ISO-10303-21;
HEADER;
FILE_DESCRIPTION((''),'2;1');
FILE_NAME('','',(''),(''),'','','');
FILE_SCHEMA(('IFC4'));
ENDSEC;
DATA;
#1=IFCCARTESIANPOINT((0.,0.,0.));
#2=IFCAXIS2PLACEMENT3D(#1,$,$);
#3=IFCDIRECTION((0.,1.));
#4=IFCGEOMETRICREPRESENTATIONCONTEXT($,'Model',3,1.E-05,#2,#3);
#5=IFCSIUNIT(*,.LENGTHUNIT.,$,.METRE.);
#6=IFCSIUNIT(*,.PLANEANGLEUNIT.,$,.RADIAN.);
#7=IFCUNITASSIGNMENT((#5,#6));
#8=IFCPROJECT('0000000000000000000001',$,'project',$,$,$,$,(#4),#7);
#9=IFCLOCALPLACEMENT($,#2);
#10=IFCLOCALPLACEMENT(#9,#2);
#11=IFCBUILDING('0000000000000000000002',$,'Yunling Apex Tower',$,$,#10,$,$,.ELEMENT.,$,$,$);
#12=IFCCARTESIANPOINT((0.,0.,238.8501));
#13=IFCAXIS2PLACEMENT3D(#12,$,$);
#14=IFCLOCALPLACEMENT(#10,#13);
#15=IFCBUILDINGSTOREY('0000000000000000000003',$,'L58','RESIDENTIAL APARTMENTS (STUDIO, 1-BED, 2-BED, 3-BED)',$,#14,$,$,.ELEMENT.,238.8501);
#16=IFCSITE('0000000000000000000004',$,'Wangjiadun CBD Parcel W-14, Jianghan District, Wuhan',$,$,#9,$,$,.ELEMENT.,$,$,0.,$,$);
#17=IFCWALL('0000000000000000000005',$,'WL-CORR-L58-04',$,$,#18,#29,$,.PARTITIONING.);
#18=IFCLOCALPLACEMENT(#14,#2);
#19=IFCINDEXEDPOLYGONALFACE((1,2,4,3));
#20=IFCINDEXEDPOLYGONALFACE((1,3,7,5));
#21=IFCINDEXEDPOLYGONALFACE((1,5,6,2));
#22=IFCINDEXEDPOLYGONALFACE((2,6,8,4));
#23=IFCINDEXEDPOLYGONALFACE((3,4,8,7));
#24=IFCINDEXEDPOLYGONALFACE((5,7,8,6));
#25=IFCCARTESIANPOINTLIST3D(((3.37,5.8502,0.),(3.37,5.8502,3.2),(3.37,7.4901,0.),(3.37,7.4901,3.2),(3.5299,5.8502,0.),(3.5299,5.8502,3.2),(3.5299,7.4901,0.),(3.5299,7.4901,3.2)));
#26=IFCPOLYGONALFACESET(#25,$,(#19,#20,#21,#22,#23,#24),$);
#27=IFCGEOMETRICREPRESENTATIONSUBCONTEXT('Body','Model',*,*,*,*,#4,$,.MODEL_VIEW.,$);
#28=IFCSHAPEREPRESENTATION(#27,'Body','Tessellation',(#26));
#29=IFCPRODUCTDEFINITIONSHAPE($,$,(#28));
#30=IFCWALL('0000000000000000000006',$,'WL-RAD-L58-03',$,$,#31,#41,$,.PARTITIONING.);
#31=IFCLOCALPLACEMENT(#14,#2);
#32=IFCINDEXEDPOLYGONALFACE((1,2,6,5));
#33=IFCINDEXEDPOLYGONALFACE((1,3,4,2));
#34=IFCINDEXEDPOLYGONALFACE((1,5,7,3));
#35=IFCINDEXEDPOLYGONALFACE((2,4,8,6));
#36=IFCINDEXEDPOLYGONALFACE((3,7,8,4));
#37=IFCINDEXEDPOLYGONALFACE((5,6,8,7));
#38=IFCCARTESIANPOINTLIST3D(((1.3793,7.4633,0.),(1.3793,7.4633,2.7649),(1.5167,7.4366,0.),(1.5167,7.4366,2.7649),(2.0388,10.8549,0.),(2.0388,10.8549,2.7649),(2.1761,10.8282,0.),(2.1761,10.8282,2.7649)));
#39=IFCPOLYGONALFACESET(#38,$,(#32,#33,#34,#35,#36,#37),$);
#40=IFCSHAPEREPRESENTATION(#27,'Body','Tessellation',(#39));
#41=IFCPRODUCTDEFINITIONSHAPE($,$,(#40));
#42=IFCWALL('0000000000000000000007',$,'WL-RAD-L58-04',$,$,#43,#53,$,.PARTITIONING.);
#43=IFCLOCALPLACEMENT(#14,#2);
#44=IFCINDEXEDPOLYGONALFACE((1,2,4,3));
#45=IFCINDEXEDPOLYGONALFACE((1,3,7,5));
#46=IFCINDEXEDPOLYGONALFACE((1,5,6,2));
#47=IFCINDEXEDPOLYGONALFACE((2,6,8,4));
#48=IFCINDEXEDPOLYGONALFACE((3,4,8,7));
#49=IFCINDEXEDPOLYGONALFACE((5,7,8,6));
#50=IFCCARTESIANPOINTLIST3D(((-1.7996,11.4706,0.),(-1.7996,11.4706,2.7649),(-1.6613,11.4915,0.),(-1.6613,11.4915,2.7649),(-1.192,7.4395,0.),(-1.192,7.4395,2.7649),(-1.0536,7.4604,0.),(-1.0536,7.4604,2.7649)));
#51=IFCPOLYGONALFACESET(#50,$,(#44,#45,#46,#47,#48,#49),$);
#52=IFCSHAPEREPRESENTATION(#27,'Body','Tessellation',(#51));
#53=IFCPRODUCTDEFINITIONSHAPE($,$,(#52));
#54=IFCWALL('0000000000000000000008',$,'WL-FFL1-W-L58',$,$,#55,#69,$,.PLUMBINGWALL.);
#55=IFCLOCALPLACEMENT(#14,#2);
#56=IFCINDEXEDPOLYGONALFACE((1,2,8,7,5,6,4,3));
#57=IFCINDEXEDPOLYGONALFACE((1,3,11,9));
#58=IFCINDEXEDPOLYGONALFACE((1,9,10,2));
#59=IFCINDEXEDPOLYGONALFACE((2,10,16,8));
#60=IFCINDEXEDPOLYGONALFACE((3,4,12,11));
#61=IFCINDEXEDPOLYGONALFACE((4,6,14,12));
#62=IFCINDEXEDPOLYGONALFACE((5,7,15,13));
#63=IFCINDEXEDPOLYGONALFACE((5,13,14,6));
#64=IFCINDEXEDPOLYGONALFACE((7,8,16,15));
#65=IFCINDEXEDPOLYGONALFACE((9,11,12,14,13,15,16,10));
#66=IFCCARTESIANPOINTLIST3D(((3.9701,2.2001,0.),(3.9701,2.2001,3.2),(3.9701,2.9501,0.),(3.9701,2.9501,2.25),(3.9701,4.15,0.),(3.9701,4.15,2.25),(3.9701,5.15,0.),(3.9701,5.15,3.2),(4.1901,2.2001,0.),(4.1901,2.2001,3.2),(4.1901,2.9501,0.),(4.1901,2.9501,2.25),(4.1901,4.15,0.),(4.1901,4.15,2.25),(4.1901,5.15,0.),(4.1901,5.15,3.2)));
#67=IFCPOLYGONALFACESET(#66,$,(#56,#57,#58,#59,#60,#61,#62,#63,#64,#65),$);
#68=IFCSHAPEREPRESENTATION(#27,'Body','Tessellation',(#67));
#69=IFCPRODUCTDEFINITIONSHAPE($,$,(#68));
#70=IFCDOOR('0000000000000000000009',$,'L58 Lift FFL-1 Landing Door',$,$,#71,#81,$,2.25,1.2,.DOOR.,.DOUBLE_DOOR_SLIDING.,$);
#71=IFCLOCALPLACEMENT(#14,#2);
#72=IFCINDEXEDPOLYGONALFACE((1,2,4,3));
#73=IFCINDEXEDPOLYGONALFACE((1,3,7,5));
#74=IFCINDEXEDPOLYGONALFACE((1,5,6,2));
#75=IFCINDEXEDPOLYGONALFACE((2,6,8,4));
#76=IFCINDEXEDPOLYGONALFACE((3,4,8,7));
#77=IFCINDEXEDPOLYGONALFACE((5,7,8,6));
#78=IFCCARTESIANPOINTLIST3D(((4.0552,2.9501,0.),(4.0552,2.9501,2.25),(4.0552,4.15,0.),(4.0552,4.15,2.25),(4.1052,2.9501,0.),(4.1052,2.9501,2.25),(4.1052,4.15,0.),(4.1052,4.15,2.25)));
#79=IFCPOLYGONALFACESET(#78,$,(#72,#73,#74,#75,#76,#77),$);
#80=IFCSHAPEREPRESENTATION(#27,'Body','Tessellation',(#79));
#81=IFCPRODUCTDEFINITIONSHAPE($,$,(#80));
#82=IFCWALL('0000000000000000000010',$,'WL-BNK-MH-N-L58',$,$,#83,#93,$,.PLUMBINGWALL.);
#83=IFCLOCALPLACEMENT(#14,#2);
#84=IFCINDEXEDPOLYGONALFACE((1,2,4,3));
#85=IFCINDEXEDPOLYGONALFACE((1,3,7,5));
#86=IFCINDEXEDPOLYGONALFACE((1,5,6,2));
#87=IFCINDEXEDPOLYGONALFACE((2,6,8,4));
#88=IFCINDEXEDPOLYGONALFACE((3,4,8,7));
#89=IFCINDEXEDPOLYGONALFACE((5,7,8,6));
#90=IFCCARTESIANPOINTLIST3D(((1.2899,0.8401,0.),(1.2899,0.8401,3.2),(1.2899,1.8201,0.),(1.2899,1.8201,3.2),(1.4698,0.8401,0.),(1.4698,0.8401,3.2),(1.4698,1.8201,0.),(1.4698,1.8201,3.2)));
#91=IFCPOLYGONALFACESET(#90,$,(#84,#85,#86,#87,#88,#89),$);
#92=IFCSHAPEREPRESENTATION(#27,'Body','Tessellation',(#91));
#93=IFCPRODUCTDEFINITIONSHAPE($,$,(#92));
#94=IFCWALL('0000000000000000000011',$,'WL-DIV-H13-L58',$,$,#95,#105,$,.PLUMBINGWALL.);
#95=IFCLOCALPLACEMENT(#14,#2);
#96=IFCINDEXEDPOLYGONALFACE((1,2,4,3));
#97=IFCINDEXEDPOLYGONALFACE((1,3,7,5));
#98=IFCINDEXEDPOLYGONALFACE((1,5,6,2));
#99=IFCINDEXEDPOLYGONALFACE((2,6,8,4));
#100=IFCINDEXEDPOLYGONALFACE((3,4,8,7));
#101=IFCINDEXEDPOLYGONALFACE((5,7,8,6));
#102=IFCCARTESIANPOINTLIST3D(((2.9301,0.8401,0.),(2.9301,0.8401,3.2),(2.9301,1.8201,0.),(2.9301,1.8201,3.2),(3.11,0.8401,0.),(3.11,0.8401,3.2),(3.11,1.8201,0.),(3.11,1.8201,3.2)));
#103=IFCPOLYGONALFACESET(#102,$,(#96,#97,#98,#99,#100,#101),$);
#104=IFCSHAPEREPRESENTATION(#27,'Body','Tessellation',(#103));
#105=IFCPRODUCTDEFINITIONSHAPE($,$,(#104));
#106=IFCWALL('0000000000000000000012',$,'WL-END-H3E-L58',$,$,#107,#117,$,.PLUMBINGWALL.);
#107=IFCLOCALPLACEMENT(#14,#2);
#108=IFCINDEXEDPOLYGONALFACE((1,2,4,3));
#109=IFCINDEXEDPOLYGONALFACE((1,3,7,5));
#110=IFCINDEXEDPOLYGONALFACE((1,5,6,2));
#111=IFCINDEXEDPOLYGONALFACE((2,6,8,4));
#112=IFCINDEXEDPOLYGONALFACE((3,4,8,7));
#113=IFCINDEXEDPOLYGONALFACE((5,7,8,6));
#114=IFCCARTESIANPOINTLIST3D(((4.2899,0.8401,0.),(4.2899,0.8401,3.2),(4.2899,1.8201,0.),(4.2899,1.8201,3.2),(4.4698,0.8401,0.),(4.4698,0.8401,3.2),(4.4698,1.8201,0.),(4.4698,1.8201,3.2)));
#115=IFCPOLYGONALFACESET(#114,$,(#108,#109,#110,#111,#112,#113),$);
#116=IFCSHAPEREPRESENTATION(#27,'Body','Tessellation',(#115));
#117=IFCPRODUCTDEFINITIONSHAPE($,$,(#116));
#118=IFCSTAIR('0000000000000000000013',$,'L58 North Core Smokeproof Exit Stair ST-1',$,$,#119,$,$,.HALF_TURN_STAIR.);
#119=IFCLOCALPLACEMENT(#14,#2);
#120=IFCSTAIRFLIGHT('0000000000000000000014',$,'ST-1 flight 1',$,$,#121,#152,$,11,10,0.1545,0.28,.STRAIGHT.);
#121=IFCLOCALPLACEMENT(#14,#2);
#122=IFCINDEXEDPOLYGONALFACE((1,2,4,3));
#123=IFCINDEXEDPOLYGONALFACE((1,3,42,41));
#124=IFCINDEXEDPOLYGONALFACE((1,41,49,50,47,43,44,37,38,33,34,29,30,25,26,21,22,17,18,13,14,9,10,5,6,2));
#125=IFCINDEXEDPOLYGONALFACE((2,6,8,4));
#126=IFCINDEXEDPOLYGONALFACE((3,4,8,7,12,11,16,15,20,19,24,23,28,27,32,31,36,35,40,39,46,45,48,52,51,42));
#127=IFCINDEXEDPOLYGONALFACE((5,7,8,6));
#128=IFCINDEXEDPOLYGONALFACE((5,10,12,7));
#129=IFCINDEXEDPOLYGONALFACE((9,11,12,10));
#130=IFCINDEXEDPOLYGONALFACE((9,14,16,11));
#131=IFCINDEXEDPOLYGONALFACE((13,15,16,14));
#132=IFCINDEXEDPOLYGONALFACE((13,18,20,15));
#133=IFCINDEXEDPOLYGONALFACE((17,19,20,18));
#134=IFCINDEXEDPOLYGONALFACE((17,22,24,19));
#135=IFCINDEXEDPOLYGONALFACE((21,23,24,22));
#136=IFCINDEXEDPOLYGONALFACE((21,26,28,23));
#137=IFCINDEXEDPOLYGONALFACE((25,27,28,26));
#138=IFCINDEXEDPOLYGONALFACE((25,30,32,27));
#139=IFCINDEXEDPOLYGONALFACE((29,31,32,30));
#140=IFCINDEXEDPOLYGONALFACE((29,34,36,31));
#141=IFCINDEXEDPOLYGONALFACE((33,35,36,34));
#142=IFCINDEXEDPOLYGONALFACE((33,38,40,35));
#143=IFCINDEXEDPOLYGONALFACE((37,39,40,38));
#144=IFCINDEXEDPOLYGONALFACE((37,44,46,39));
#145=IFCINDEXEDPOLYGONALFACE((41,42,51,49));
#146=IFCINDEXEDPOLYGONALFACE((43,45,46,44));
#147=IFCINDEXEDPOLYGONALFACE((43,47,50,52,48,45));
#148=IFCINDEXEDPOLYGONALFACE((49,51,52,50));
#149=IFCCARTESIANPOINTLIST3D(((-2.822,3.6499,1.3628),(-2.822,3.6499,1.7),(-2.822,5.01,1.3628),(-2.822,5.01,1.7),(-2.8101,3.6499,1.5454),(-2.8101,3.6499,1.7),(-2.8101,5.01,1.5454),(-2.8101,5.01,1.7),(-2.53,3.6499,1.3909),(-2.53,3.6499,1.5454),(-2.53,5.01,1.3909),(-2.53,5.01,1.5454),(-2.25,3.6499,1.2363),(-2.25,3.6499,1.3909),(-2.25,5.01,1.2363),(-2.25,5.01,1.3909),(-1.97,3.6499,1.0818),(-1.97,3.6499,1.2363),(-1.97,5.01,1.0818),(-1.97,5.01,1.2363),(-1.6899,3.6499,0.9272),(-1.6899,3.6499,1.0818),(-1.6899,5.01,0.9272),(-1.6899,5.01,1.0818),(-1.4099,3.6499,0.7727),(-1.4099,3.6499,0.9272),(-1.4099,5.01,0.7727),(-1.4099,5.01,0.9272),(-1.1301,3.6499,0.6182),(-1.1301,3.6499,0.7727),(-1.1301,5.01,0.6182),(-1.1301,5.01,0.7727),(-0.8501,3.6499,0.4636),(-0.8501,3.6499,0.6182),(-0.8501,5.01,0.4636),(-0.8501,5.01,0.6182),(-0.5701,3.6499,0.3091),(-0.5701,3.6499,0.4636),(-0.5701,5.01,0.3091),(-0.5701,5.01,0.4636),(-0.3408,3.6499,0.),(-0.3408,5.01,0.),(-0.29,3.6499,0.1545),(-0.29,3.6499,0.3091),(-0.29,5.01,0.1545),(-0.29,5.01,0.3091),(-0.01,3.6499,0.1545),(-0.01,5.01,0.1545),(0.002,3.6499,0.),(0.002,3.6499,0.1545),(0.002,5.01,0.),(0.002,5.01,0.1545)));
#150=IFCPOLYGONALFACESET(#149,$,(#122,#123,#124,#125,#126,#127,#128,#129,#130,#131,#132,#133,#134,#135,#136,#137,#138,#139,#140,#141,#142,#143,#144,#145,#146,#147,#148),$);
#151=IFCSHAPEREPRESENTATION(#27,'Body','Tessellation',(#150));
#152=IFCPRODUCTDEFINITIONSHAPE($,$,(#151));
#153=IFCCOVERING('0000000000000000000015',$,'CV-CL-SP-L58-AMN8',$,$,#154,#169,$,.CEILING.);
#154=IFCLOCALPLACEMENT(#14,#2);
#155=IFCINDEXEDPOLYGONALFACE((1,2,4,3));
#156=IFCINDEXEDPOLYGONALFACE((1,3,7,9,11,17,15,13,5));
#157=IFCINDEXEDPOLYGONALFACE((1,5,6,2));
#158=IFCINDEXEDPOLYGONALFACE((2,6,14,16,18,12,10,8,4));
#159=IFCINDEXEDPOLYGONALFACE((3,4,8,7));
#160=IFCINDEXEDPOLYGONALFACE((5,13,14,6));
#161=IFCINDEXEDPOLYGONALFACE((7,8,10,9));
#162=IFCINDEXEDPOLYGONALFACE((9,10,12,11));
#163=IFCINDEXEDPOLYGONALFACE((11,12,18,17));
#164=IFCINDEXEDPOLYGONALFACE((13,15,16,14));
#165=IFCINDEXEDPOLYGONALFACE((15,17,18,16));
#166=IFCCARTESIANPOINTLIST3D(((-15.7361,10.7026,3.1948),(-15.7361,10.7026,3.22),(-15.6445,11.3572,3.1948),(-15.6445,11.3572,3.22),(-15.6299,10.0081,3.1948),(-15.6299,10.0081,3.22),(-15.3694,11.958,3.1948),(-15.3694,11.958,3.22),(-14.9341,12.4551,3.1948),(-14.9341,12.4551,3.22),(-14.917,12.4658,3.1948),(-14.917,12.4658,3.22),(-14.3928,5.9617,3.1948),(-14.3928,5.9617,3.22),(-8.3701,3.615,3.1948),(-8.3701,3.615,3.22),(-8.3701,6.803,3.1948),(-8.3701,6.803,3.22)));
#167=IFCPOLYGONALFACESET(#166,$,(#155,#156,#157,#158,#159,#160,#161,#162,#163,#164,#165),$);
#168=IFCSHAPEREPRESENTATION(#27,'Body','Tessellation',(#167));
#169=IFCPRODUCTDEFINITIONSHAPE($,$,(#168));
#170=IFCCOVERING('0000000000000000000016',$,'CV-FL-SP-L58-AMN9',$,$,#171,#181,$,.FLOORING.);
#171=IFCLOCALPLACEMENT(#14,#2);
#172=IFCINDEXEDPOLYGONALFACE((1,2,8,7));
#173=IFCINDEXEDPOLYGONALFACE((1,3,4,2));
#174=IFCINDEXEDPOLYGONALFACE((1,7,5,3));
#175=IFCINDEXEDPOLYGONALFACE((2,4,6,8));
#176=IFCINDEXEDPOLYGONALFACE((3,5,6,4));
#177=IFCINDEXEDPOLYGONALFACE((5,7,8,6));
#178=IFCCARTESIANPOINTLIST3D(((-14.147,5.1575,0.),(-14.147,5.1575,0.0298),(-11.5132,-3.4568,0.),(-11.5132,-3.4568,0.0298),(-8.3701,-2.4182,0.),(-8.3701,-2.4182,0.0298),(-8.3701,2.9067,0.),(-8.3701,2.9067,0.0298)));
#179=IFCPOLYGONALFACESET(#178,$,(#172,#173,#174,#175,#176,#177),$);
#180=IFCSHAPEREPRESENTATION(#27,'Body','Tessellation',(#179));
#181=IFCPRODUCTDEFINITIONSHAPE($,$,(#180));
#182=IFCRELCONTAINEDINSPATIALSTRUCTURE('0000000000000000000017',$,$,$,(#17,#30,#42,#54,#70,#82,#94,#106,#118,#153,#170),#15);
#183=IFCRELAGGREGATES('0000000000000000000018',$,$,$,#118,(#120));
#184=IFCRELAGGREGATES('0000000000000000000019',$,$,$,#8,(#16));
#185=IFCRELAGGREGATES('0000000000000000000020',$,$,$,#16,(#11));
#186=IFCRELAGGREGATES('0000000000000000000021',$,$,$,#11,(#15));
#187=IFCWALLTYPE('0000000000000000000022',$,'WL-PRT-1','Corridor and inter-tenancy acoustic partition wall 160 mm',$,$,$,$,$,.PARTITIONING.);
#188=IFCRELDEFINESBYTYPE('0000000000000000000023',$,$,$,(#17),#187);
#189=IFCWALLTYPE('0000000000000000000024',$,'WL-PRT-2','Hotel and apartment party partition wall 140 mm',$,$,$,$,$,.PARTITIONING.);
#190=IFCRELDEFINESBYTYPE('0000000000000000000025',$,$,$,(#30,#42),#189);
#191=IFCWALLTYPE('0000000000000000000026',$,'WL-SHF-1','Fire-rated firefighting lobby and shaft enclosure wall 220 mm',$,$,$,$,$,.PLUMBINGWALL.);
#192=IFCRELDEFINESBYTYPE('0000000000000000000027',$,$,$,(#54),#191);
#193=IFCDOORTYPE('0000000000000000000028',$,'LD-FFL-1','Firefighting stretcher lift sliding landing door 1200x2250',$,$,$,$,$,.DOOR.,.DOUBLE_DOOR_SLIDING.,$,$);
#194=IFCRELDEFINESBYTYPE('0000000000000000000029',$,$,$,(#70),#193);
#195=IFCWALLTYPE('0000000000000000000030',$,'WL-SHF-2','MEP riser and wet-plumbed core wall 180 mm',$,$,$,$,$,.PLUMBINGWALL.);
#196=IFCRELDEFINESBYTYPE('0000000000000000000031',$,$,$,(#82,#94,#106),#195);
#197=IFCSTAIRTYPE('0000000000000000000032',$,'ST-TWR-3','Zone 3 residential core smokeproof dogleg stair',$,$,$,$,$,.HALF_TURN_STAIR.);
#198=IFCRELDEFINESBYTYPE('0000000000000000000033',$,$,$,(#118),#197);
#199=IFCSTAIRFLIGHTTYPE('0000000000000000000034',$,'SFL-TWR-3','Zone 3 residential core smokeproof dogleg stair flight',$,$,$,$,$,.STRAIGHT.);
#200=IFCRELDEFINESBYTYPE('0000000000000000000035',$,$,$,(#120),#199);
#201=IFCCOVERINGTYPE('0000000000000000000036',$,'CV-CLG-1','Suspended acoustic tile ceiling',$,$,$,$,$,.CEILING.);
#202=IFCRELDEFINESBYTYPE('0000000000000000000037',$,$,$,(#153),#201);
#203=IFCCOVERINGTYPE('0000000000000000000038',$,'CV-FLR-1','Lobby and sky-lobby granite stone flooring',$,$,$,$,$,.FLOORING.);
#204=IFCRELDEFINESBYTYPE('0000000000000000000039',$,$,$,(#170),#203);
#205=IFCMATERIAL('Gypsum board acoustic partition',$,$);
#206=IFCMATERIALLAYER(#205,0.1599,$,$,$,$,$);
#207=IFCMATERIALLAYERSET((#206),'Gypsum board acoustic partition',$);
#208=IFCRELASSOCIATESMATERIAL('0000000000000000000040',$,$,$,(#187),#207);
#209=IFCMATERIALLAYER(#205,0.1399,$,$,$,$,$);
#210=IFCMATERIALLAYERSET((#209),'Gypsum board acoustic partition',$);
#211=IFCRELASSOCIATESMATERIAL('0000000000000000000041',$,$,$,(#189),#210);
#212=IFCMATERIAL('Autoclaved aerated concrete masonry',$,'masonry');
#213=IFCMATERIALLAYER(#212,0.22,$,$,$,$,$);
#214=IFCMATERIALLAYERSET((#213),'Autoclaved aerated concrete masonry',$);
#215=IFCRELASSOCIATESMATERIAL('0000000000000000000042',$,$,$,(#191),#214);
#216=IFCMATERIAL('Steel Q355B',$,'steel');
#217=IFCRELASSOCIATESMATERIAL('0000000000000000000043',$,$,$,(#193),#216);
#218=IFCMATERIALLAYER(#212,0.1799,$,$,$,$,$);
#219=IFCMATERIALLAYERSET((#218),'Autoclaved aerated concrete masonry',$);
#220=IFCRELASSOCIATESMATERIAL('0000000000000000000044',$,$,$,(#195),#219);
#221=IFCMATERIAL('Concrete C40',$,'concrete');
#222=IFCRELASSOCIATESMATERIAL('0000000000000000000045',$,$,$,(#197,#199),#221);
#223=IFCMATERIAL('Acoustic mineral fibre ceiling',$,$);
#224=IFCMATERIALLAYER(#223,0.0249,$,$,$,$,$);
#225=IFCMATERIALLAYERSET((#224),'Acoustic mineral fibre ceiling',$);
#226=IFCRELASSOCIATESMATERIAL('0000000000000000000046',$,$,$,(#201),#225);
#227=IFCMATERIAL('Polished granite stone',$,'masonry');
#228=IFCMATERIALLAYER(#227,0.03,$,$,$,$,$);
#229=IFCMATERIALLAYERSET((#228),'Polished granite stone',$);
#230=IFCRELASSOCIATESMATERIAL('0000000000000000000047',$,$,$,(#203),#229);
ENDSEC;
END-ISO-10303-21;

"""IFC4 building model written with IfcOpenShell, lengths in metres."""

from ifc_helpers import new_model, si_unit, direction, frame, frame_2d, origin, place, context, subcontext, project, spatial, polyline, rectangle, outline, extrude, material, layer, layer_set, type_object, element, fill, aggregate, save


model = new_model("IFC4")

# Units and contexts
model_context = context("Model", 3, precision=1e-05, world=origin(), true_north=direction((0.0, 1.0)))
body_context = subcontext(model_context, "Body", "Model", "MODEL_VIEW")
ifc_project = project(units=[si_unit("LENGTHUNIT", "METRE"), si_unit("PLANEANGLEUNIT", "RADIAN")], contexts=[model_context])

# Site, building, storey
site_placement = place(None, origin())
site = spatial("IfcSite", under=ifc_project, at=site_placement, Name="Wangjiadun CBD Parcel W-14, Jianghan District, Wuhan", CompositionType="ELEMENT", RefElevation=0.0)
building_placement = place(site_placement, origin())
building = spatial("IfcBuilding", under=site, at=building_placement, Name="Yunling Apex Tower", CompositionType="ELEMENT")
storey_placement = place(building_placement, frame((0.0, 0.0, 238.8501)))
storey = spatial("IfcBuildingStorey", under=building, at=storey_placement, Name="L58", Description="RESIDENTIAL APARTMENTS (STUDIO, 1-BED, 2-BED, 3-BED)", CompositionType="ELEMENT", Elevation=238.8501)

# Shared definitions
ifc_material_1 = material(Name="Steel Q355B", Category="steel")

# Walls
ifc_material_2 = material(Name="Concrete C40", Category="concrete")
ifc_material_3 = material(Name="Gypsum board acoustic partition")
ifc_layer_1 = layer(ifc_material_3, 0.1599)
ifc_layer_set_1 = layer_set([ifc_layer_1], Name="Gypsum board acoustic partition")
wall_type_1 = type_object("IfcWallType", Name="WL-PRT-1", Description="Corridor and inter-tenancy acoustic partition wall 160 mm", PredefinedType="PARTITIONING", material=ifc_layer_set_1)
wall_1_placement = place(storey_placement, frame((3.45, 7.49, 0.0), z_axis=(0.0, 0.0, 1.0), x_axis=(0.0, -1.0, 0.0)))
element("IfcWall", 1, at=wall_1_placement, inside=storey, type_object=wall_type_1, Name="WL-CORR-L58-04", PredefinedType="PARTITIONING", context=body_context, shape_type="SweptSolid", body=[
    extrude(rectangle(XDim=1.6399, YDim=0.1599, at=frame_2d((0.8198, 0.0))), origin(), (0.0, 0.0, 1.0), 3.2),
])
ifc_layer_2 = layer(ifc_material_3, 0.1399)
ifc_layer_set_2 = layer_set([ifc_layer_2], Name="Gypsum board acoustic partition")
wall_type_2 = type_object("IfcWallType", Name="WL-PRT-2", Description="Hotel and apartment party partition wall 140 mm", PredefinedType="PARTITIONING", material=ifc_layer_set_2)
wall_2_placement = place(storey_placement, frame((1.448, 7.45, 0.0), z_axis=(0.0, 0.0, 1.0), x_axis=(0.190855, 0.981618, 0.0)))
element("IfcWall", 2, at=wall_2_placement, inside=storey, type_object=wall_type_2, Name="WL-RAD-L58-03", PredefinedType="PARTITIONING", context=body_context, shape_type="SweptSolid", body=[
    extrude(rectangle(XDim=3.4551, YDim=0.1399, at=frame_2d((1.7275, 0.0))), origin(), (0.0, 0.0, 1.0), 2.7649),
])
wall_3_placement = place(storey_placement, frame((-1.1228, 7.45, 0.0), z_axis=(0.0, 0.0, 1.0), x_axis=(-0.149064, 0.988828, 0.0)))
element("IfcWall", 3, at=wall_3_placement, inside=storey, type_object=wall_type_2, Name="WL-RAD-L58-04", PredefinedType="PARTITIONING", context=body_context, shape_type="SweptSolid", body=[
    extrude(rectangle(XDim=4.0767, YDim=0.1399, at=frame_2d((2.0383, 0.0))), origin(), (0.0, 0.0, 1.0), 2.7649),
])

# Wall, opening, door
ifc_material_4 = material(Name="Autoclaved aerated concrete masonry", Category="masonry")
ifc_layer_3 = layer(ifc_material_4, 0.22)
ifc_layer_set_3 = layer_set([ifc_layer_3], Name="Autoclaved aerated concrete masonry")
wall_type_3 = type_object("IfcWallType", Name="WL-SHF-1", Description="Fire-rated firefighting lobby and shaft enclosure wall 220 mm", PredefinedType="PLUMBINGWALL", material=ifc_layer_set_3)
wall_4_placement = place(storey_placement, frame((4.0801, 2.2, 0.0), z_axis=(0.0, 0.0, 1.0), x_axis=(0.0, 1.0, 0.0)))
wall_4 = element("IfcWall", 4, at=wall_4_placement, inside=storey, type_object=wall_type_3, Name="WL-FFL1-W-L58", PredefinedType="PLUMBINGWALL", context=body_context, shape_type="SweptSolid", body=[
    extrude(rectangle(XDim=2.95, YDim=0.22, at=frame_2d((1.4751, 0.0))), origin(), (0.0, 0.0, 1.0), 3.2),
])
opening_1_placement = place(wall_4_placement, frame((0.75, 0.0, 0.0)))
opening_1 = element("IfcOpeningElement", 5, at=opening_1_placement, cuts=wall_4, PredefinedType="OPENING", context=body_context, shape_type="SweptSolid", body=[
    extrude(rectangle(XDim=1.2, YDim=2.25, at=frame_2d((0.6001, 1.125))), frame((0.0, 0.1201, 0.0), z_axis=(0.0, -1.0, 0.0), x_axis=(1.0, 0.0, 0.0)), (0.0, 0.0, 1.0), 0.24),
])
door_type_1 = type_object("IfcDoorType", Name="LD-FFL-1", Description="Firefighting stretcher lift sliding landing door 1200x2250", OperationType="DOUBLE_DOOR_SLIDING", PredefinedType="DOOR", material=ifc_material_1)
door_1_placement = place(opening_1_placement, origin())
door_1 = element("IfcDoor", 6, at=door_1_placement, inside=storey, type_object=door_type_1, Name="L58 Lift FFL-1 Landing Door", OperationType="DOUBLE_DOOR_SLIDING", OverallHeight=2.25, OverallWidth=1.2, PredefinedType="DOOR", context=body_context, shape_type="SweptSolid", body=[
    extrude(rectangle(XDim=1.2, YDim=2.25, at=frame_2d((0.6001, 1.125))), frame((0.0, 0.0249, 0.0), z_axis=(0.0, -1.0, 0.0), x_axis=(1.0, 0.0, 0.0)), (0.0, 0.0, 1.0), 0.05),
])
fill(opening_1, door_1)

# Walls
ifc_layer_4 = layer(ifc_material_4, 0.1799)
ifc_layer_set_4 = layer_set([ifc_layer_4], Name="Autoclaved aerated concrete masonry")
wall_type_4 = type_object("IfcWallType", Name="WL-SHF-2", Description="MEP riser and wet-plumbed core wall 180 mm", PredefinedType="PLUMBINGWALL", material=ifc_layer_set_4)
for number, where, z_axis, x_axis, name in (
    (7, (1.3799, 0.8401, 0.0), (0.0, 0.0, 1.0), (0.0, 1.0, 0.0), "WL-BNK-MH-N-L58"),
    (8, (3.02, 0.8401, 0.0), (0.0, 0.0, 1.0), (0.0, 1.0, 0.0), "WL-DIV-H13-L58"),
    (9, (4.3799, 0.8401, 0.0), (0.0, 0.0, 1.0), (0.0, 1.0, 0.0), "WL-END-H3E-L58"),
):
    element("IfcWall", number, at=place(storey_placement, frame(where, z_axis=z_axis, x_axis=x_axis)), inside=storey, type_object=wall_type_4, Name=name, PredefinedType="PLUMBINGWALL", context=body_context, shape_type="SweptSolid", body=[
        extrude(rectangle(XDim=0.98, YDim=0.1799, at=frame_2d((0.49, 0.0))), origin(), (0.0, 0.0, 1.0), 3.2),
    ])

# Stair, stair flight
stair_type = type_object("IfcStairType", Name="ST-TWR-3", Description="Zone 3 residential core smokeproof dogleg stair", PredefinedType="HALF_TURN_STAIR", material=ifc_material_2)
stair_placement = place(storey_placement, origin())
stair = element("IfcStair", 10, at=stair_placement, inside=storey, type_object=stair_type, Name="L58 North Core Smokeproof Exit Stair ST-1", PredefinedType="HALF_TURN_STAIR")
stair_flight_type = type_object("IfcStairFlightType", Name="SFL-TWR-3", Description="Zone 3 residential core smokeproof dogleg stair flight", PredefinedType="STRAIGHT", material=ifc_material_2)
stair_flight_placement = place(storey_placement, frame((-0.01, 4.3301, 0.0), z_axis=(0.0, 0.0, 1.0), x_axis=(-1.0, 0.0, 0.0)))
stair_flight = element("IfcStairFlight", 11, at=stair_flight_placement, type_object=stair_flight_type, Name="ST-1 flight 1", NumberOfRisers=11, NumberOfTreads=10, PredefinedType="STRAIGHT", RiserHeight=0.1545, TreadLength=0.28, context=body_context, shape_type="SweptSolid", body=[
    extrude(outline(polyline([(-0.012, 0.0), (-0.012, 0.1545), (0.0, 0.1545), (0.28, 0.1545), (0.28, 0.3091), (0.5601, 0.3091), (0.5601, 0.4636), (0.8401, 0.4636), (0.8401, 0.6182), (1.1201, 0.6182), (1.1201, 0.7727), (1.3999, 0.7727), (1.3999, 0.9272), (1.6799, 0.9272), (1.6799, 1.0818), (1.96, 1.0818), (1.96, 1.2363), (2.24, 1.2363), (2.24, 1.3909), (2.52, 1.3909), (2.52, 1.5454), (2.8, 1.5454), (2.8, 1.7), (2.812, 1.7), (2.812, 1.3628), (0.3308, 0.0), (-0.012, 0.0)])), frame((0.0, 0.6802, 0.0), z_axis=(0.0, -1.0, 0.0), x_axis=(1.0, 0.0, 0.0)), (0.0, 0.0, 1.0), 1.3601),
])
aggregate(stair, [stair_flight])

# Coverings
ifc_material_5 = material(Name="Acoustic mineral fibre ceiling")
ifc_layer_5 = layer(ifc_material_5, 0.0249)
ifc_layer_set_5 = layer_set([ifc_layer_5], Name="Acoustic mineral fibre ceiling")
covering_type_1 = type_object("IfcCoveringType", Name="CV-CLG-1", Description="Suspended acoustic tile ceiling", PredefinedType="CEILING", material=ifc_layer_set_5)
covering_1_placement = place(storey_placement, frame((0.0, 0.0, 3.1948)))
element("IfcCovering", 12, at=covering_1_placement, inside=storey, type_object=covering_type_1, Name="CV-CL-SP-L58-AMN8", PredefinedType="CEILING", context=body_context, shape_type="SweptSolid", body=[
    extrude(outline(polyline([(-15.6445, 11.3572), (-15.3694, 11.958), (-14.9341, 12.4551), (-14.917, 12.4658), (-8.3701, 6.803), (-8.3701, 3.615), (-14.3928, 5.9617), (-15.6299, 10.0081), (-15.7361, 10.7026), (-15.6445, 11.3572)])), origin(), (0.0, 0.0, 1.0), 0.0251),
])
ifc_material_6 = material(Name="Polished granite stone", Category="masonry")
ifc_layer_6 = layer(ifc_material_6, 0.03)
ifc_layer_set_6 = layer_set([ifc_layer_6], Name="Polished granite stone")
covering_type_2 = type_object("IfcCoveringType", Name="CV-FLR-1", Description="Lobby and sky-lobby granite stone flooring", PredefinedType="FLOORING", material=ifc_layer_set_6)
covering_2_placement = place(storey_placement, origin())
element("IfcCovering", 13, at=covering_2_placement, inside=storey, type_object=covering_type_2, Name="CV-FL-SP-L58-AMN9", PredefinedType="FLOORING", context=body_context, shape_type="SweptSolid", body=[
    extrude(outline(polyline([(-11.5132, -3.4568), (-14.147, 5.1575), (-8.3701, 2.9067), (-8.3701, -2.4182), (-11.5132, -3.4568)])), origin(), (0.0, 0.0, 1.0), 0.0298),
])

save(model, "model.ifc")
